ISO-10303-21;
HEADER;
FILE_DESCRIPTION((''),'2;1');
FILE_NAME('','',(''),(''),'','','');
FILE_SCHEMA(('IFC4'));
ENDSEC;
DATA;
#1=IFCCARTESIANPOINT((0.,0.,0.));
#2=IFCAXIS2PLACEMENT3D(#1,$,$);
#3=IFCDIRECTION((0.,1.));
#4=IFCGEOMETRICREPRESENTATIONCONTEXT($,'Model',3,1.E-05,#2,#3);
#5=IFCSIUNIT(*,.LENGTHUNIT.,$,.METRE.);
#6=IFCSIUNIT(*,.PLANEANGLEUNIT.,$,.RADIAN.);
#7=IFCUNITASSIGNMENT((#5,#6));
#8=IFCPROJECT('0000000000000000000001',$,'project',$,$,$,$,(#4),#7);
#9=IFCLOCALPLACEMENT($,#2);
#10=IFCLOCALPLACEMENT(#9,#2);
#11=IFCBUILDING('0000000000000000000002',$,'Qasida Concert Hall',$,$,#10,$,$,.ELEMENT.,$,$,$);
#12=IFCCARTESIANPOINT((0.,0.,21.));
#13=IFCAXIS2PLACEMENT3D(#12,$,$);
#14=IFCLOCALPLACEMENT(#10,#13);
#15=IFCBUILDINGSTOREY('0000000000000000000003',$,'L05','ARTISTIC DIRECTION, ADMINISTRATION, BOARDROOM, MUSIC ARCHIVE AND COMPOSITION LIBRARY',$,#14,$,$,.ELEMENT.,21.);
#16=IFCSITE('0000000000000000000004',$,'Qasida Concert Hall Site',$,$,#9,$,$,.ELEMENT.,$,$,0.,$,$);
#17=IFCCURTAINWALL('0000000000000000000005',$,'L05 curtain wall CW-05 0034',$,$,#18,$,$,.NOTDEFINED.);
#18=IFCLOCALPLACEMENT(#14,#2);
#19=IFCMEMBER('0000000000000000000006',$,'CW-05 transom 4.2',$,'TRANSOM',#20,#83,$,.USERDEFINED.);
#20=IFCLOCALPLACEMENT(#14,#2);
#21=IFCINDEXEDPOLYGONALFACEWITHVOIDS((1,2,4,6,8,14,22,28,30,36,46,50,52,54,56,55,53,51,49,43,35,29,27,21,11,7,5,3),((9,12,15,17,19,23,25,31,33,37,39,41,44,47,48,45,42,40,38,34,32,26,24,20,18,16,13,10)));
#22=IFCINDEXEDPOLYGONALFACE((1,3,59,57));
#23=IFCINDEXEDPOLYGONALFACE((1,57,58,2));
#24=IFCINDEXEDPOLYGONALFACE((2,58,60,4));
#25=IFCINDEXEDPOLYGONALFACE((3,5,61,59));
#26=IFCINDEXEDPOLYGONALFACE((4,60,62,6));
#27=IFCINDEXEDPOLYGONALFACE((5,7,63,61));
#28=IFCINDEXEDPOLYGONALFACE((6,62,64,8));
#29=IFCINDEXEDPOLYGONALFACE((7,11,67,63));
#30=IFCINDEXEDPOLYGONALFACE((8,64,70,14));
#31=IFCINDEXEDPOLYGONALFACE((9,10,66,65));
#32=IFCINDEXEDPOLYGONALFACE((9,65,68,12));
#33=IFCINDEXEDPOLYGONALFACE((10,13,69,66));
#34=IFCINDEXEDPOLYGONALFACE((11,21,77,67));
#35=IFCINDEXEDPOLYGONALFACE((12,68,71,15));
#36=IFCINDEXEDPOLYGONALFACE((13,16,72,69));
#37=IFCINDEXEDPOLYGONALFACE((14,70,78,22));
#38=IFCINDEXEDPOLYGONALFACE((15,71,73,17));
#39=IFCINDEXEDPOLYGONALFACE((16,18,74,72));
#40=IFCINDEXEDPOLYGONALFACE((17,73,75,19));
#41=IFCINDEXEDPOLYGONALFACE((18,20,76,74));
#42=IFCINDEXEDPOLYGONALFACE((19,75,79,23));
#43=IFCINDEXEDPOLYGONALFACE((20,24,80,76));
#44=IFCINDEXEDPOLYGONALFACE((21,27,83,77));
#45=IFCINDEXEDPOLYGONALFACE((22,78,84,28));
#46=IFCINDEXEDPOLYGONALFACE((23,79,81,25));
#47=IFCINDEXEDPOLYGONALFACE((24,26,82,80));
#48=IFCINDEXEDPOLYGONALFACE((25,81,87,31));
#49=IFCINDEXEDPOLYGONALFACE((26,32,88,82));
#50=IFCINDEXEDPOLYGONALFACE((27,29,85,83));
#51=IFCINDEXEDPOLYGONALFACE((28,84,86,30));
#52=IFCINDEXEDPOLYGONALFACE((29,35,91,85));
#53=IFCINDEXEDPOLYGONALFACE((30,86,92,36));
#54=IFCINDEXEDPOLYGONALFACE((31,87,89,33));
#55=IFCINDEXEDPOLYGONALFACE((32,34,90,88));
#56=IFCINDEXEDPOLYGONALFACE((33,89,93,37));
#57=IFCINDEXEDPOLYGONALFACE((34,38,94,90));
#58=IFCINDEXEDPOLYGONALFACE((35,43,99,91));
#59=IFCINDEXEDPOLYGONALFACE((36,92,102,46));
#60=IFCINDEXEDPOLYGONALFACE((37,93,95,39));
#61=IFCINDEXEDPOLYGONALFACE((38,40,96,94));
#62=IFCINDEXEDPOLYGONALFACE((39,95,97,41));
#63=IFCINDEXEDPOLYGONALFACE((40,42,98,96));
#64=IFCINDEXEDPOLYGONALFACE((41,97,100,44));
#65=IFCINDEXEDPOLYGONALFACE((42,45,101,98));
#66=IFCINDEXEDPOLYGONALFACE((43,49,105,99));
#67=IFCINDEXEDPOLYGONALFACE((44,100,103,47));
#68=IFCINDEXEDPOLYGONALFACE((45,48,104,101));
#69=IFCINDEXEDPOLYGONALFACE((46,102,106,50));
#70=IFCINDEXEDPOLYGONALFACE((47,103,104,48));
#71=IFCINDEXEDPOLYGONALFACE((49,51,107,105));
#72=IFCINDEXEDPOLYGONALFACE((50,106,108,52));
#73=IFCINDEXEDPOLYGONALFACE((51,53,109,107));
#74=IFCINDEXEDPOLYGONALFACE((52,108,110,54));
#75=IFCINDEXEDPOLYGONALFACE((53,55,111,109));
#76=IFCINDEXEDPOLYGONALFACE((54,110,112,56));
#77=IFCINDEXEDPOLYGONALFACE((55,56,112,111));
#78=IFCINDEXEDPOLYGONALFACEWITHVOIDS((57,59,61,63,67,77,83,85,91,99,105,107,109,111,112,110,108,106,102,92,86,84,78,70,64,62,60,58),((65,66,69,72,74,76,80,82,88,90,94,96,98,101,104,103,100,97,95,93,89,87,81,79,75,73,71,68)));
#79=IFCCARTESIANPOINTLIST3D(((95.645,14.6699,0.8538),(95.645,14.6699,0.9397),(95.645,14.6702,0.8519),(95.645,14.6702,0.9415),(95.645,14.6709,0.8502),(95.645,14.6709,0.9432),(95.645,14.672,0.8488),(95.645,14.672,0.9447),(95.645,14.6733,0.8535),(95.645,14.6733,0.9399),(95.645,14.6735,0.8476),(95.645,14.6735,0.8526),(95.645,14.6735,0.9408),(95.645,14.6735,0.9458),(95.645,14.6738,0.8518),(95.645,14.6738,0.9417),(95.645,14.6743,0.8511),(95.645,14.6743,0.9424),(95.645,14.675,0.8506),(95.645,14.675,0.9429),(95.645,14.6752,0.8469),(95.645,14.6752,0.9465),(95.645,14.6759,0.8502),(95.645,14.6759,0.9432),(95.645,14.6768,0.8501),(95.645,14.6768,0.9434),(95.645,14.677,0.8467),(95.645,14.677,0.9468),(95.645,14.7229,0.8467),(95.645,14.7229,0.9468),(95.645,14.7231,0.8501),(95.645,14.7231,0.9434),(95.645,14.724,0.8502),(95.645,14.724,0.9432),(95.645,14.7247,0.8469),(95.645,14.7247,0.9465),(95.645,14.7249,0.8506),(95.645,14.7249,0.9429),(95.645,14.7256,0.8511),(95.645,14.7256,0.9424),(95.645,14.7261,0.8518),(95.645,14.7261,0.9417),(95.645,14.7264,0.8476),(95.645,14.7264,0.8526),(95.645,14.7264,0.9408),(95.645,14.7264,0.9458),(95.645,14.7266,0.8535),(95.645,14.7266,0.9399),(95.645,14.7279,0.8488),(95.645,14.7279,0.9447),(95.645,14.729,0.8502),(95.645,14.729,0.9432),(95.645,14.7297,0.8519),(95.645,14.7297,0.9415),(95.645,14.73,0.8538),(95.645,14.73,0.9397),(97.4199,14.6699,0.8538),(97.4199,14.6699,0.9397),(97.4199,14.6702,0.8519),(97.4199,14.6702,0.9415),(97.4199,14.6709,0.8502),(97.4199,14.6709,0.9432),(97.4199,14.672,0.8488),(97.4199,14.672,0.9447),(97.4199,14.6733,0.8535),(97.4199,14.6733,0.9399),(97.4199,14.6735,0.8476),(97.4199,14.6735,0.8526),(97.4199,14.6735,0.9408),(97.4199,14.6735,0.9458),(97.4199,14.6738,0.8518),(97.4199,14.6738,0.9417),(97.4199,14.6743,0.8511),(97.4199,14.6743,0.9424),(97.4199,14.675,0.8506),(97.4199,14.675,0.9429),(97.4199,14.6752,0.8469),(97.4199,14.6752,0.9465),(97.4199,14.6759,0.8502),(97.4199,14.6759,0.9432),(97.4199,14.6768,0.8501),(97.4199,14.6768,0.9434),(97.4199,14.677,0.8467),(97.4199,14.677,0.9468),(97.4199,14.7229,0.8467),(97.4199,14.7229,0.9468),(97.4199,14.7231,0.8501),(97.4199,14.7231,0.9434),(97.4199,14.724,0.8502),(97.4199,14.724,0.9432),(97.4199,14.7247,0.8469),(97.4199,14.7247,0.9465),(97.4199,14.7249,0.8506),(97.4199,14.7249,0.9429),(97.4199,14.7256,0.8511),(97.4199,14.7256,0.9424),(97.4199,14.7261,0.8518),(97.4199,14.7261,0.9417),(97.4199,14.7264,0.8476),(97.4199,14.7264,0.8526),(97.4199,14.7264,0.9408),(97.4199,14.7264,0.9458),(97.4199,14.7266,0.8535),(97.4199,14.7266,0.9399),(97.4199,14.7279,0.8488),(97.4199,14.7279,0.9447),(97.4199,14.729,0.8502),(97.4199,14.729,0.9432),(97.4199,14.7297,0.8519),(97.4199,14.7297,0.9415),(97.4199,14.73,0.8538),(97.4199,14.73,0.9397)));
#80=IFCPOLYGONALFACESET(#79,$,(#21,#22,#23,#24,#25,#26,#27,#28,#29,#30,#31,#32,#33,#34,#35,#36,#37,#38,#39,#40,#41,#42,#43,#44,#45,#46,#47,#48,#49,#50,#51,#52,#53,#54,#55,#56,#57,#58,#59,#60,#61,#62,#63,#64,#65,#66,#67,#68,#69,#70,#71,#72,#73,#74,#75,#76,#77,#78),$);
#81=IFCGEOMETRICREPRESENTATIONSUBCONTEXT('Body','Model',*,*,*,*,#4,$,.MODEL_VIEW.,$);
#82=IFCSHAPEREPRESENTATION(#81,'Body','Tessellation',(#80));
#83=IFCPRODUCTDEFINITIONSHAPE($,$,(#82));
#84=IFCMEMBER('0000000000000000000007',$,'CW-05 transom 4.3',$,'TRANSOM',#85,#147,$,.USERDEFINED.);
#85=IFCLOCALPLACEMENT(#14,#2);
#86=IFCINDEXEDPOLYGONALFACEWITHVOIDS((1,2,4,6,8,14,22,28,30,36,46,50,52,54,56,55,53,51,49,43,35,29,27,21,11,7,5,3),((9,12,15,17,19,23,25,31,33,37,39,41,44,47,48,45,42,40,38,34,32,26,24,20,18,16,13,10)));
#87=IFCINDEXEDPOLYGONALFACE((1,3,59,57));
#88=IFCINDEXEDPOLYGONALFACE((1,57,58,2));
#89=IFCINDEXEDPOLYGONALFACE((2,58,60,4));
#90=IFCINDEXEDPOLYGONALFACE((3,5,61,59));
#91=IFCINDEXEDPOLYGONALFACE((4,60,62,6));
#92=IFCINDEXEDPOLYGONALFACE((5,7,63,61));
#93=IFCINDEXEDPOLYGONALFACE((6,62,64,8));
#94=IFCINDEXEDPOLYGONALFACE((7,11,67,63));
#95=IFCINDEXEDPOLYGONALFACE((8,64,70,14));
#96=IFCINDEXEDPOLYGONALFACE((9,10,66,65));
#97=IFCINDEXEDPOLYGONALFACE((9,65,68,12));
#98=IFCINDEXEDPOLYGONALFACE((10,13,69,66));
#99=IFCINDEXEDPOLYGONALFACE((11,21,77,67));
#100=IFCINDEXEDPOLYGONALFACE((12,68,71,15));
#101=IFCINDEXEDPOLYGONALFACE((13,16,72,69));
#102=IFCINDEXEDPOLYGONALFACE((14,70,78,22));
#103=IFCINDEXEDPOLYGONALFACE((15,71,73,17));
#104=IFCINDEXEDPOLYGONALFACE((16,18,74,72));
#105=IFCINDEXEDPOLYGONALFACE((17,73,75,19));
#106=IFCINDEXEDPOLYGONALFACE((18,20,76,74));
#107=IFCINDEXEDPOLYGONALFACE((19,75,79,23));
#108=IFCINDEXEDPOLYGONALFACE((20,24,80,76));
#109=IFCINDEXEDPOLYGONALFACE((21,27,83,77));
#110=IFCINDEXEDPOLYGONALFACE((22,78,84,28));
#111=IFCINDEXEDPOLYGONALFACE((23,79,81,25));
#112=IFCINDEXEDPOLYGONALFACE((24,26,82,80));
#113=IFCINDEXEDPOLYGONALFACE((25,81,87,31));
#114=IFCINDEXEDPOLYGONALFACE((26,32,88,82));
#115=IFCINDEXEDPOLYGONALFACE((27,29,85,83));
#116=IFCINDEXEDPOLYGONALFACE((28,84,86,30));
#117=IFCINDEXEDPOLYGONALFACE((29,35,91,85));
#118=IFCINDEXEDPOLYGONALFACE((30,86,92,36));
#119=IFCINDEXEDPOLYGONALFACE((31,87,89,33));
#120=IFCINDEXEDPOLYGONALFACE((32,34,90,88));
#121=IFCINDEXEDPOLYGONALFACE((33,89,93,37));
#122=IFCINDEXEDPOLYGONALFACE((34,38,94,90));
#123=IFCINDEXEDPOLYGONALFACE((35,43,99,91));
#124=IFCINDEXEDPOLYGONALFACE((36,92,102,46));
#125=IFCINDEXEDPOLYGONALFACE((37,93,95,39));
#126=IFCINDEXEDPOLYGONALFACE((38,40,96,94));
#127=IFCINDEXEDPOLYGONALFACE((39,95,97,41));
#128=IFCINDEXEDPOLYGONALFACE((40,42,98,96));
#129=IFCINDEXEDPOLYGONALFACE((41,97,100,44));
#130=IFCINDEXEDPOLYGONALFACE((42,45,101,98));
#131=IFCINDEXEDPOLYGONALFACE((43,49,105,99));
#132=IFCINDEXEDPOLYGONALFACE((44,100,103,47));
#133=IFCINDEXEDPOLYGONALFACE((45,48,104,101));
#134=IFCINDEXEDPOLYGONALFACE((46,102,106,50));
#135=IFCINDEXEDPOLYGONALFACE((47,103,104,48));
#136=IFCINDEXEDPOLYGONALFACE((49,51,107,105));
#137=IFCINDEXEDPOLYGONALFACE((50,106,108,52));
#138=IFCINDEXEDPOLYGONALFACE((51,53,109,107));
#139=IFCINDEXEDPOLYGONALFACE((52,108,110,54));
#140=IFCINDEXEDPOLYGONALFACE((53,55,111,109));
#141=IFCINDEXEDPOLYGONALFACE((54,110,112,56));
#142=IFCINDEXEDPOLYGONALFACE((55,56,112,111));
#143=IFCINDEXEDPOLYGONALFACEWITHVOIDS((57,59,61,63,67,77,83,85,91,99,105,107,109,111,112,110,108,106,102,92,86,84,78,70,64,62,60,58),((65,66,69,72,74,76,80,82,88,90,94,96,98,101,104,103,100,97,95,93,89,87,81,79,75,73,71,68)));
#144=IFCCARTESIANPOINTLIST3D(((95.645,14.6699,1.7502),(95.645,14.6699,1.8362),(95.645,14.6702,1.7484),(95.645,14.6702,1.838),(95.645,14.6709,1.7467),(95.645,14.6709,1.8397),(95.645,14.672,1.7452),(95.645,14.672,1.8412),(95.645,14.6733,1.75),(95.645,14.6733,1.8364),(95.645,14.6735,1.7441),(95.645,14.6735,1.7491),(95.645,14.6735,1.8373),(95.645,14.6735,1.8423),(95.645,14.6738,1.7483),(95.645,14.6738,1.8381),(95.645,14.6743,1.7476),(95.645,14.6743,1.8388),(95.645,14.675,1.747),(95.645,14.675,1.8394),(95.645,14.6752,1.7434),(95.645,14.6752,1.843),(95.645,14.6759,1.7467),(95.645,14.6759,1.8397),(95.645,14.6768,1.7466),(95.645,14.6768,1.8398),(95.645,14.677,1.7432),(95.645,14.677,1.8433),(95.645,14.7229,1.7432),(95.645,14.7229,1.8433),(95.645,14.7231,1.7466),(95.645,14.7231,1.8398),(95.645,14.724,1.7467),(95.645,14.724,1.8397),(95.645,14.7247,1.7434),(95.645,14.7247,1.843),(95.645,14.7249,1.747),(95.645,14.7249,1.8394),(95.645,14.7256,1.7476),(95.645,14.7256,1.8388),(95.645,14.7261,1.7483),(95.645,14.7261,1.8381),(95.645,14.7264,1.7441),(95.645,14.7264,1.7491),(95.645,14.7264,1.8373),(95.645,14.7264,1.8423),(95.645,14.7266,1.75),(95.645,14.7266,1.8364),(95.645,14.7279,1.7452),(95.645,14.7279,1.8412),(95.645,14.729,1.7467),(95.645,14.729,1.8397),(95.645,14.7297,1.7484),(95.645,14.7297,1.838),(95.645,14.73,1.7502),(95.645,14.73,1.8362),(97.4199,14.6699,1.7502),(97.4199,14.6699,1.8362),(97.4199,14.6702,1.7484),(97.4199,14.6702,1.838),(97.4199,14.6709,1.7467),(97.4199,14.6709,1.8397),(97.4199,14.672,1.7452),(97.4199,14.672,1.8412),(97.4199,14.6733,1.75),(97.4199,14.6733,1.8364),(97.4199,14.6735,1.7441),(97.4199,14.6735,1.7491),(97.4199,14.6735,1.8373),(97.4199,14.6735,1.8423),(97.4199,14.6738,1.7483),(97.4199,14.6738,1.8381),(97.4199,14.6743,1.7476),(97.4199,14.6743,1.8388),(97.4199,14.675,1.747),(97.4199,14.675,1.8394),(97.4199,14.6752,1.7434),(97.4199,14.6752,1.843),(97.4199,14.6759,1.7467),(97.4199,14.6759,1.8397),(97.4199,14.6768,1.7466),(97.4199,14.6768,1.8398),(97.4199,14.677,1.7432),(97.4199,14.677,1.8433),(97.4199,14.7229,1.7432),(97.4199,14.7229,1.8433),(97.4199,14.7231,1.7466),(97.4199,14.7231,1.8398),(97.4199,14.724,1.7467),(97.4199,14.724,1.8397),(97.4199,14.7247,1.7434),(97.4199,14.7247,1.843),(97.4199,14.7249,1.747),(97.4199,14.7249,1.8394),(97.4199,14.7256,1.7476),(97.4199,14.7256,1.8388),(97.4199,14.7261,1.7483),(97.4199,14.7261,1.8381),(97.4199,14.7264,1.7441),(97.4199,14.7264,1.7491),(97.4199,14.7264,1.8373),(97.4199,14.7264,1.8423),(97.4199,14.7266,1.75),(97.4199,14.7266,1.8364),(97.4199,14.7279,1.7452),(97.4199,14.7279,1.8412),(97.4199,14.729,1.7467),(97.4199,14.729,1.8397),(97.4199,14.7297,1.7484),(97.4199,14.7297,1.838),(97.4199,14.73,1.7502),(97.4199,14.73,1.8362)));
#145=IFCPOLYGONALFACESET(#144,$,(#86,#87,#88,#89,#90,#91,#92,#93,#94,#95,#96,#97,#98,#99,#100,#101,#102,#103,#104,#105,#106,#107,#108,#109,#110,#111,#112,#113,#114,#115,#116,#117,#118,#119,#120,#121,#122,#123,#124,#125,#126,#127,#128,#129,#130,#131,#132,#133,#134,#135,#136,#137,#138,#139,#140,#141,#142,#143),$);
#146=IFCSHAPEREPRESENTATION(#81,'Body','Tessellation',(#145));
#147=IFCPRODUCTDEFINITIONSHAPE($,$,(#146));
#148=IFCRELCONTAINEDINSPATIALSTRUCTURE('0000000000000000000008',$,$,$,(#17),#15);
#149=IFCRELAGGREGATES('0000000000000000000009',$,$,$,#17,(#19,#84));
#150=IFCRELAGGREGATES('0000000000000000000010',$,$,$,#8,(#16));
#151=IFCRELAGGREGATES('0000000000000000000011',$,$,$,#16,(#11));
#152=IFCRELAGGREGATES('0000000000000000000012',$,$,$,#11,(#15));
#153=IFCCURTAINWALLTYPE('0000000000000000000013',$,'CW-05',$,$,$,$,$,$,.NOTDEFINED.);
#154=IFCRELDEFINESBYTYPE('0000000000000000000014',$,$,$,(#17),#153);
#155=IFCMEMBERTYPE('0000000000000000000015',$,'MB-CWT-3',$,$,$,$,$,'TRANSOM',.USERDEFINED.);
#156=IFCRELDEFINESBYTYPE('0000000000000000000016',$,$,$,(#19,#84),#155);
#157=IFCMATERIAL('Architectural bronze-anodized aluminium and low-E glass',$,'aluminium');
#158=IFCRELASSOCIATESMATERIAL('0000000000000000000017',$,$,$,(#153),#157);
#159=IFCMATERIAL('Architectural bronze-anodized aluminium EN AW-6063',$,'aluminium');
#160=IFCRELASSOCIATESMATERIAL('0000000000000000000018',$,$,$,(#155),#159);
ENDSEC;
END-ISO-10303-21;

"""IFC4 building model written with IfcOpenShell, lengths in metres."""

from ifc_helpers import new_model, si_unit, direction, frame, origin, origin_2d, place, context, subcontext, project, spatial, hollow_rectangle, extrude, material, material_profile, profile_set, type_object, element, aggregate, save


model = new_model("IFC4")

# Units and contexts
model_context = context("Model", 3, precision=1e-05, world=origin(), true_north=direction((0.0, 1.0)))
body_context = subcontext(model_context, "Body", "Model", "MODEL_VIEW")
ifc_project = project(units=[si_unit("LENGTHUNIT", "METRE"), si_unit("PLANEANGLEUNIT", "RADIAN")], contexts=[model_context])

# Site, building, storey
site_placement = place(None, origin())
site = spatial("IfcSite", under=ifc_project, at=site_placement, Name="Qasida Concert Hall Site", CompositionType="ELEMENT", RefElevation=0.0)
building_placement = place(site_placement, origin())
building = spatial("IfcBuilding", under=site, at=building_placement, Name="Qasida Concert Hall", CompositionType="ELEMENT")
storey_placement = place(building_placement, frame((0.0, 0.0, 21.0)))
storey = spatial("IfcBuildingStorey", under=building, at=storey_placement, Name="L05", Description="ARTISTIC DIRECTION, ADMINISTRATION, BOARDROOM, MUSIC ARCHIVE AND COMPOSITION LIBRARY", CompositionType="ELEMENT", Elevation=21.0)

# Curtain wall
ifc_material_1 = material(Name="Architectural bronze-anodized aluminium and low-E glass", Category="aluminium")
curtain_wall_type = type_object("IfcCurtainWallType", Name="CW-05", PredefinedType="NOTDEFINED", material=ifc_material_1)
curtain_wall_1_placement = place(storey_placement, origin())
curtain_wall_1 = element("IfcCurtainWall", 1, at=curtain_wall_1_placement, inside=storey, type_object=curtain_wall_type, Name="L05 curtain wall CW-05 0034", PredefinedType="NOTDEFINED")
ifc_material_2 = material(Name="Architectural bronze-anodized aluminium EN AW-6063", Category="aluminium")

# Members
ifc_material_profile_1 = material_profile(ifc_material_2, hollow_rectangle(XDim=0.0601, YDim=0.1001, WallThickness=0.0034, InnerFilletRadius=0.0034, OuterFilletRadius=0.0071, at=origin_2d()), Name="CWT 100x60x3.5")
ifc_profile_set_1 = profile_set([ifc_material_profile_1], Name="Architectural bronze-anodized aluminium EN AW-6063")
member_type_1 = type_object("IfcMemberType", Name="MB-CWT-3", ElementType="TRANSOM", PredefinedType="USERDEFINED", material=ifc_profile_set_1)
member_1_placement = place(storey_placement, frame((95.645, 14.7, 0.8967), z_axis=(1.0, 0.0, 0.0), x_axis=(0.0, 1.0, 0.0)))
member_1 = element("IfcMember", 2, at=member_1_placement, type_object=member_type_1, Name="CW-05 transom 4.2", ObjectType="TRANSOM", PredefinedType="USERDEFINED", context=body_context, shape_type="SweptSolid", body=[
    extrude(hollow_rectangle(XDim=0.0601, YDim=0.1001, WallThickness=0.0034, InnerFilletRadius=0.0034, OuterFilletRadius=0.0071, at=origin_2d()), origin(), (0.0, 0.0, 1.0), 1.7749),
])
member_2_placement = place(storey_placement, frame((95.645, 14.7, 1.7932), z_axis=(1.0, 0.0, 0.0), x_axis=(0.0, 1.0, 0.0)))
member_2 = element("IfcMember", 3, at=member_2_placement, type_object=member_type_1, Name="CW-05 transom 4.3", ObjectType="TRANSOM", PredefinedType="USERDEFINED", context=body_context, shape_type="SweptSolid", body=[
    extrude(hollow_rectangle(XDim=0.0601, YDim=0.1001, WallThickness=0.0034, InnerFilletRadius=0.0034, OuterFilletRadius=0.0071, at=origin_2d()), origin(), (0.0, 0.0, 1.0), 1.7749),
])

aggregate(curtain_wall_1, [member_1, member_2])

save(model, "model.ifc")
